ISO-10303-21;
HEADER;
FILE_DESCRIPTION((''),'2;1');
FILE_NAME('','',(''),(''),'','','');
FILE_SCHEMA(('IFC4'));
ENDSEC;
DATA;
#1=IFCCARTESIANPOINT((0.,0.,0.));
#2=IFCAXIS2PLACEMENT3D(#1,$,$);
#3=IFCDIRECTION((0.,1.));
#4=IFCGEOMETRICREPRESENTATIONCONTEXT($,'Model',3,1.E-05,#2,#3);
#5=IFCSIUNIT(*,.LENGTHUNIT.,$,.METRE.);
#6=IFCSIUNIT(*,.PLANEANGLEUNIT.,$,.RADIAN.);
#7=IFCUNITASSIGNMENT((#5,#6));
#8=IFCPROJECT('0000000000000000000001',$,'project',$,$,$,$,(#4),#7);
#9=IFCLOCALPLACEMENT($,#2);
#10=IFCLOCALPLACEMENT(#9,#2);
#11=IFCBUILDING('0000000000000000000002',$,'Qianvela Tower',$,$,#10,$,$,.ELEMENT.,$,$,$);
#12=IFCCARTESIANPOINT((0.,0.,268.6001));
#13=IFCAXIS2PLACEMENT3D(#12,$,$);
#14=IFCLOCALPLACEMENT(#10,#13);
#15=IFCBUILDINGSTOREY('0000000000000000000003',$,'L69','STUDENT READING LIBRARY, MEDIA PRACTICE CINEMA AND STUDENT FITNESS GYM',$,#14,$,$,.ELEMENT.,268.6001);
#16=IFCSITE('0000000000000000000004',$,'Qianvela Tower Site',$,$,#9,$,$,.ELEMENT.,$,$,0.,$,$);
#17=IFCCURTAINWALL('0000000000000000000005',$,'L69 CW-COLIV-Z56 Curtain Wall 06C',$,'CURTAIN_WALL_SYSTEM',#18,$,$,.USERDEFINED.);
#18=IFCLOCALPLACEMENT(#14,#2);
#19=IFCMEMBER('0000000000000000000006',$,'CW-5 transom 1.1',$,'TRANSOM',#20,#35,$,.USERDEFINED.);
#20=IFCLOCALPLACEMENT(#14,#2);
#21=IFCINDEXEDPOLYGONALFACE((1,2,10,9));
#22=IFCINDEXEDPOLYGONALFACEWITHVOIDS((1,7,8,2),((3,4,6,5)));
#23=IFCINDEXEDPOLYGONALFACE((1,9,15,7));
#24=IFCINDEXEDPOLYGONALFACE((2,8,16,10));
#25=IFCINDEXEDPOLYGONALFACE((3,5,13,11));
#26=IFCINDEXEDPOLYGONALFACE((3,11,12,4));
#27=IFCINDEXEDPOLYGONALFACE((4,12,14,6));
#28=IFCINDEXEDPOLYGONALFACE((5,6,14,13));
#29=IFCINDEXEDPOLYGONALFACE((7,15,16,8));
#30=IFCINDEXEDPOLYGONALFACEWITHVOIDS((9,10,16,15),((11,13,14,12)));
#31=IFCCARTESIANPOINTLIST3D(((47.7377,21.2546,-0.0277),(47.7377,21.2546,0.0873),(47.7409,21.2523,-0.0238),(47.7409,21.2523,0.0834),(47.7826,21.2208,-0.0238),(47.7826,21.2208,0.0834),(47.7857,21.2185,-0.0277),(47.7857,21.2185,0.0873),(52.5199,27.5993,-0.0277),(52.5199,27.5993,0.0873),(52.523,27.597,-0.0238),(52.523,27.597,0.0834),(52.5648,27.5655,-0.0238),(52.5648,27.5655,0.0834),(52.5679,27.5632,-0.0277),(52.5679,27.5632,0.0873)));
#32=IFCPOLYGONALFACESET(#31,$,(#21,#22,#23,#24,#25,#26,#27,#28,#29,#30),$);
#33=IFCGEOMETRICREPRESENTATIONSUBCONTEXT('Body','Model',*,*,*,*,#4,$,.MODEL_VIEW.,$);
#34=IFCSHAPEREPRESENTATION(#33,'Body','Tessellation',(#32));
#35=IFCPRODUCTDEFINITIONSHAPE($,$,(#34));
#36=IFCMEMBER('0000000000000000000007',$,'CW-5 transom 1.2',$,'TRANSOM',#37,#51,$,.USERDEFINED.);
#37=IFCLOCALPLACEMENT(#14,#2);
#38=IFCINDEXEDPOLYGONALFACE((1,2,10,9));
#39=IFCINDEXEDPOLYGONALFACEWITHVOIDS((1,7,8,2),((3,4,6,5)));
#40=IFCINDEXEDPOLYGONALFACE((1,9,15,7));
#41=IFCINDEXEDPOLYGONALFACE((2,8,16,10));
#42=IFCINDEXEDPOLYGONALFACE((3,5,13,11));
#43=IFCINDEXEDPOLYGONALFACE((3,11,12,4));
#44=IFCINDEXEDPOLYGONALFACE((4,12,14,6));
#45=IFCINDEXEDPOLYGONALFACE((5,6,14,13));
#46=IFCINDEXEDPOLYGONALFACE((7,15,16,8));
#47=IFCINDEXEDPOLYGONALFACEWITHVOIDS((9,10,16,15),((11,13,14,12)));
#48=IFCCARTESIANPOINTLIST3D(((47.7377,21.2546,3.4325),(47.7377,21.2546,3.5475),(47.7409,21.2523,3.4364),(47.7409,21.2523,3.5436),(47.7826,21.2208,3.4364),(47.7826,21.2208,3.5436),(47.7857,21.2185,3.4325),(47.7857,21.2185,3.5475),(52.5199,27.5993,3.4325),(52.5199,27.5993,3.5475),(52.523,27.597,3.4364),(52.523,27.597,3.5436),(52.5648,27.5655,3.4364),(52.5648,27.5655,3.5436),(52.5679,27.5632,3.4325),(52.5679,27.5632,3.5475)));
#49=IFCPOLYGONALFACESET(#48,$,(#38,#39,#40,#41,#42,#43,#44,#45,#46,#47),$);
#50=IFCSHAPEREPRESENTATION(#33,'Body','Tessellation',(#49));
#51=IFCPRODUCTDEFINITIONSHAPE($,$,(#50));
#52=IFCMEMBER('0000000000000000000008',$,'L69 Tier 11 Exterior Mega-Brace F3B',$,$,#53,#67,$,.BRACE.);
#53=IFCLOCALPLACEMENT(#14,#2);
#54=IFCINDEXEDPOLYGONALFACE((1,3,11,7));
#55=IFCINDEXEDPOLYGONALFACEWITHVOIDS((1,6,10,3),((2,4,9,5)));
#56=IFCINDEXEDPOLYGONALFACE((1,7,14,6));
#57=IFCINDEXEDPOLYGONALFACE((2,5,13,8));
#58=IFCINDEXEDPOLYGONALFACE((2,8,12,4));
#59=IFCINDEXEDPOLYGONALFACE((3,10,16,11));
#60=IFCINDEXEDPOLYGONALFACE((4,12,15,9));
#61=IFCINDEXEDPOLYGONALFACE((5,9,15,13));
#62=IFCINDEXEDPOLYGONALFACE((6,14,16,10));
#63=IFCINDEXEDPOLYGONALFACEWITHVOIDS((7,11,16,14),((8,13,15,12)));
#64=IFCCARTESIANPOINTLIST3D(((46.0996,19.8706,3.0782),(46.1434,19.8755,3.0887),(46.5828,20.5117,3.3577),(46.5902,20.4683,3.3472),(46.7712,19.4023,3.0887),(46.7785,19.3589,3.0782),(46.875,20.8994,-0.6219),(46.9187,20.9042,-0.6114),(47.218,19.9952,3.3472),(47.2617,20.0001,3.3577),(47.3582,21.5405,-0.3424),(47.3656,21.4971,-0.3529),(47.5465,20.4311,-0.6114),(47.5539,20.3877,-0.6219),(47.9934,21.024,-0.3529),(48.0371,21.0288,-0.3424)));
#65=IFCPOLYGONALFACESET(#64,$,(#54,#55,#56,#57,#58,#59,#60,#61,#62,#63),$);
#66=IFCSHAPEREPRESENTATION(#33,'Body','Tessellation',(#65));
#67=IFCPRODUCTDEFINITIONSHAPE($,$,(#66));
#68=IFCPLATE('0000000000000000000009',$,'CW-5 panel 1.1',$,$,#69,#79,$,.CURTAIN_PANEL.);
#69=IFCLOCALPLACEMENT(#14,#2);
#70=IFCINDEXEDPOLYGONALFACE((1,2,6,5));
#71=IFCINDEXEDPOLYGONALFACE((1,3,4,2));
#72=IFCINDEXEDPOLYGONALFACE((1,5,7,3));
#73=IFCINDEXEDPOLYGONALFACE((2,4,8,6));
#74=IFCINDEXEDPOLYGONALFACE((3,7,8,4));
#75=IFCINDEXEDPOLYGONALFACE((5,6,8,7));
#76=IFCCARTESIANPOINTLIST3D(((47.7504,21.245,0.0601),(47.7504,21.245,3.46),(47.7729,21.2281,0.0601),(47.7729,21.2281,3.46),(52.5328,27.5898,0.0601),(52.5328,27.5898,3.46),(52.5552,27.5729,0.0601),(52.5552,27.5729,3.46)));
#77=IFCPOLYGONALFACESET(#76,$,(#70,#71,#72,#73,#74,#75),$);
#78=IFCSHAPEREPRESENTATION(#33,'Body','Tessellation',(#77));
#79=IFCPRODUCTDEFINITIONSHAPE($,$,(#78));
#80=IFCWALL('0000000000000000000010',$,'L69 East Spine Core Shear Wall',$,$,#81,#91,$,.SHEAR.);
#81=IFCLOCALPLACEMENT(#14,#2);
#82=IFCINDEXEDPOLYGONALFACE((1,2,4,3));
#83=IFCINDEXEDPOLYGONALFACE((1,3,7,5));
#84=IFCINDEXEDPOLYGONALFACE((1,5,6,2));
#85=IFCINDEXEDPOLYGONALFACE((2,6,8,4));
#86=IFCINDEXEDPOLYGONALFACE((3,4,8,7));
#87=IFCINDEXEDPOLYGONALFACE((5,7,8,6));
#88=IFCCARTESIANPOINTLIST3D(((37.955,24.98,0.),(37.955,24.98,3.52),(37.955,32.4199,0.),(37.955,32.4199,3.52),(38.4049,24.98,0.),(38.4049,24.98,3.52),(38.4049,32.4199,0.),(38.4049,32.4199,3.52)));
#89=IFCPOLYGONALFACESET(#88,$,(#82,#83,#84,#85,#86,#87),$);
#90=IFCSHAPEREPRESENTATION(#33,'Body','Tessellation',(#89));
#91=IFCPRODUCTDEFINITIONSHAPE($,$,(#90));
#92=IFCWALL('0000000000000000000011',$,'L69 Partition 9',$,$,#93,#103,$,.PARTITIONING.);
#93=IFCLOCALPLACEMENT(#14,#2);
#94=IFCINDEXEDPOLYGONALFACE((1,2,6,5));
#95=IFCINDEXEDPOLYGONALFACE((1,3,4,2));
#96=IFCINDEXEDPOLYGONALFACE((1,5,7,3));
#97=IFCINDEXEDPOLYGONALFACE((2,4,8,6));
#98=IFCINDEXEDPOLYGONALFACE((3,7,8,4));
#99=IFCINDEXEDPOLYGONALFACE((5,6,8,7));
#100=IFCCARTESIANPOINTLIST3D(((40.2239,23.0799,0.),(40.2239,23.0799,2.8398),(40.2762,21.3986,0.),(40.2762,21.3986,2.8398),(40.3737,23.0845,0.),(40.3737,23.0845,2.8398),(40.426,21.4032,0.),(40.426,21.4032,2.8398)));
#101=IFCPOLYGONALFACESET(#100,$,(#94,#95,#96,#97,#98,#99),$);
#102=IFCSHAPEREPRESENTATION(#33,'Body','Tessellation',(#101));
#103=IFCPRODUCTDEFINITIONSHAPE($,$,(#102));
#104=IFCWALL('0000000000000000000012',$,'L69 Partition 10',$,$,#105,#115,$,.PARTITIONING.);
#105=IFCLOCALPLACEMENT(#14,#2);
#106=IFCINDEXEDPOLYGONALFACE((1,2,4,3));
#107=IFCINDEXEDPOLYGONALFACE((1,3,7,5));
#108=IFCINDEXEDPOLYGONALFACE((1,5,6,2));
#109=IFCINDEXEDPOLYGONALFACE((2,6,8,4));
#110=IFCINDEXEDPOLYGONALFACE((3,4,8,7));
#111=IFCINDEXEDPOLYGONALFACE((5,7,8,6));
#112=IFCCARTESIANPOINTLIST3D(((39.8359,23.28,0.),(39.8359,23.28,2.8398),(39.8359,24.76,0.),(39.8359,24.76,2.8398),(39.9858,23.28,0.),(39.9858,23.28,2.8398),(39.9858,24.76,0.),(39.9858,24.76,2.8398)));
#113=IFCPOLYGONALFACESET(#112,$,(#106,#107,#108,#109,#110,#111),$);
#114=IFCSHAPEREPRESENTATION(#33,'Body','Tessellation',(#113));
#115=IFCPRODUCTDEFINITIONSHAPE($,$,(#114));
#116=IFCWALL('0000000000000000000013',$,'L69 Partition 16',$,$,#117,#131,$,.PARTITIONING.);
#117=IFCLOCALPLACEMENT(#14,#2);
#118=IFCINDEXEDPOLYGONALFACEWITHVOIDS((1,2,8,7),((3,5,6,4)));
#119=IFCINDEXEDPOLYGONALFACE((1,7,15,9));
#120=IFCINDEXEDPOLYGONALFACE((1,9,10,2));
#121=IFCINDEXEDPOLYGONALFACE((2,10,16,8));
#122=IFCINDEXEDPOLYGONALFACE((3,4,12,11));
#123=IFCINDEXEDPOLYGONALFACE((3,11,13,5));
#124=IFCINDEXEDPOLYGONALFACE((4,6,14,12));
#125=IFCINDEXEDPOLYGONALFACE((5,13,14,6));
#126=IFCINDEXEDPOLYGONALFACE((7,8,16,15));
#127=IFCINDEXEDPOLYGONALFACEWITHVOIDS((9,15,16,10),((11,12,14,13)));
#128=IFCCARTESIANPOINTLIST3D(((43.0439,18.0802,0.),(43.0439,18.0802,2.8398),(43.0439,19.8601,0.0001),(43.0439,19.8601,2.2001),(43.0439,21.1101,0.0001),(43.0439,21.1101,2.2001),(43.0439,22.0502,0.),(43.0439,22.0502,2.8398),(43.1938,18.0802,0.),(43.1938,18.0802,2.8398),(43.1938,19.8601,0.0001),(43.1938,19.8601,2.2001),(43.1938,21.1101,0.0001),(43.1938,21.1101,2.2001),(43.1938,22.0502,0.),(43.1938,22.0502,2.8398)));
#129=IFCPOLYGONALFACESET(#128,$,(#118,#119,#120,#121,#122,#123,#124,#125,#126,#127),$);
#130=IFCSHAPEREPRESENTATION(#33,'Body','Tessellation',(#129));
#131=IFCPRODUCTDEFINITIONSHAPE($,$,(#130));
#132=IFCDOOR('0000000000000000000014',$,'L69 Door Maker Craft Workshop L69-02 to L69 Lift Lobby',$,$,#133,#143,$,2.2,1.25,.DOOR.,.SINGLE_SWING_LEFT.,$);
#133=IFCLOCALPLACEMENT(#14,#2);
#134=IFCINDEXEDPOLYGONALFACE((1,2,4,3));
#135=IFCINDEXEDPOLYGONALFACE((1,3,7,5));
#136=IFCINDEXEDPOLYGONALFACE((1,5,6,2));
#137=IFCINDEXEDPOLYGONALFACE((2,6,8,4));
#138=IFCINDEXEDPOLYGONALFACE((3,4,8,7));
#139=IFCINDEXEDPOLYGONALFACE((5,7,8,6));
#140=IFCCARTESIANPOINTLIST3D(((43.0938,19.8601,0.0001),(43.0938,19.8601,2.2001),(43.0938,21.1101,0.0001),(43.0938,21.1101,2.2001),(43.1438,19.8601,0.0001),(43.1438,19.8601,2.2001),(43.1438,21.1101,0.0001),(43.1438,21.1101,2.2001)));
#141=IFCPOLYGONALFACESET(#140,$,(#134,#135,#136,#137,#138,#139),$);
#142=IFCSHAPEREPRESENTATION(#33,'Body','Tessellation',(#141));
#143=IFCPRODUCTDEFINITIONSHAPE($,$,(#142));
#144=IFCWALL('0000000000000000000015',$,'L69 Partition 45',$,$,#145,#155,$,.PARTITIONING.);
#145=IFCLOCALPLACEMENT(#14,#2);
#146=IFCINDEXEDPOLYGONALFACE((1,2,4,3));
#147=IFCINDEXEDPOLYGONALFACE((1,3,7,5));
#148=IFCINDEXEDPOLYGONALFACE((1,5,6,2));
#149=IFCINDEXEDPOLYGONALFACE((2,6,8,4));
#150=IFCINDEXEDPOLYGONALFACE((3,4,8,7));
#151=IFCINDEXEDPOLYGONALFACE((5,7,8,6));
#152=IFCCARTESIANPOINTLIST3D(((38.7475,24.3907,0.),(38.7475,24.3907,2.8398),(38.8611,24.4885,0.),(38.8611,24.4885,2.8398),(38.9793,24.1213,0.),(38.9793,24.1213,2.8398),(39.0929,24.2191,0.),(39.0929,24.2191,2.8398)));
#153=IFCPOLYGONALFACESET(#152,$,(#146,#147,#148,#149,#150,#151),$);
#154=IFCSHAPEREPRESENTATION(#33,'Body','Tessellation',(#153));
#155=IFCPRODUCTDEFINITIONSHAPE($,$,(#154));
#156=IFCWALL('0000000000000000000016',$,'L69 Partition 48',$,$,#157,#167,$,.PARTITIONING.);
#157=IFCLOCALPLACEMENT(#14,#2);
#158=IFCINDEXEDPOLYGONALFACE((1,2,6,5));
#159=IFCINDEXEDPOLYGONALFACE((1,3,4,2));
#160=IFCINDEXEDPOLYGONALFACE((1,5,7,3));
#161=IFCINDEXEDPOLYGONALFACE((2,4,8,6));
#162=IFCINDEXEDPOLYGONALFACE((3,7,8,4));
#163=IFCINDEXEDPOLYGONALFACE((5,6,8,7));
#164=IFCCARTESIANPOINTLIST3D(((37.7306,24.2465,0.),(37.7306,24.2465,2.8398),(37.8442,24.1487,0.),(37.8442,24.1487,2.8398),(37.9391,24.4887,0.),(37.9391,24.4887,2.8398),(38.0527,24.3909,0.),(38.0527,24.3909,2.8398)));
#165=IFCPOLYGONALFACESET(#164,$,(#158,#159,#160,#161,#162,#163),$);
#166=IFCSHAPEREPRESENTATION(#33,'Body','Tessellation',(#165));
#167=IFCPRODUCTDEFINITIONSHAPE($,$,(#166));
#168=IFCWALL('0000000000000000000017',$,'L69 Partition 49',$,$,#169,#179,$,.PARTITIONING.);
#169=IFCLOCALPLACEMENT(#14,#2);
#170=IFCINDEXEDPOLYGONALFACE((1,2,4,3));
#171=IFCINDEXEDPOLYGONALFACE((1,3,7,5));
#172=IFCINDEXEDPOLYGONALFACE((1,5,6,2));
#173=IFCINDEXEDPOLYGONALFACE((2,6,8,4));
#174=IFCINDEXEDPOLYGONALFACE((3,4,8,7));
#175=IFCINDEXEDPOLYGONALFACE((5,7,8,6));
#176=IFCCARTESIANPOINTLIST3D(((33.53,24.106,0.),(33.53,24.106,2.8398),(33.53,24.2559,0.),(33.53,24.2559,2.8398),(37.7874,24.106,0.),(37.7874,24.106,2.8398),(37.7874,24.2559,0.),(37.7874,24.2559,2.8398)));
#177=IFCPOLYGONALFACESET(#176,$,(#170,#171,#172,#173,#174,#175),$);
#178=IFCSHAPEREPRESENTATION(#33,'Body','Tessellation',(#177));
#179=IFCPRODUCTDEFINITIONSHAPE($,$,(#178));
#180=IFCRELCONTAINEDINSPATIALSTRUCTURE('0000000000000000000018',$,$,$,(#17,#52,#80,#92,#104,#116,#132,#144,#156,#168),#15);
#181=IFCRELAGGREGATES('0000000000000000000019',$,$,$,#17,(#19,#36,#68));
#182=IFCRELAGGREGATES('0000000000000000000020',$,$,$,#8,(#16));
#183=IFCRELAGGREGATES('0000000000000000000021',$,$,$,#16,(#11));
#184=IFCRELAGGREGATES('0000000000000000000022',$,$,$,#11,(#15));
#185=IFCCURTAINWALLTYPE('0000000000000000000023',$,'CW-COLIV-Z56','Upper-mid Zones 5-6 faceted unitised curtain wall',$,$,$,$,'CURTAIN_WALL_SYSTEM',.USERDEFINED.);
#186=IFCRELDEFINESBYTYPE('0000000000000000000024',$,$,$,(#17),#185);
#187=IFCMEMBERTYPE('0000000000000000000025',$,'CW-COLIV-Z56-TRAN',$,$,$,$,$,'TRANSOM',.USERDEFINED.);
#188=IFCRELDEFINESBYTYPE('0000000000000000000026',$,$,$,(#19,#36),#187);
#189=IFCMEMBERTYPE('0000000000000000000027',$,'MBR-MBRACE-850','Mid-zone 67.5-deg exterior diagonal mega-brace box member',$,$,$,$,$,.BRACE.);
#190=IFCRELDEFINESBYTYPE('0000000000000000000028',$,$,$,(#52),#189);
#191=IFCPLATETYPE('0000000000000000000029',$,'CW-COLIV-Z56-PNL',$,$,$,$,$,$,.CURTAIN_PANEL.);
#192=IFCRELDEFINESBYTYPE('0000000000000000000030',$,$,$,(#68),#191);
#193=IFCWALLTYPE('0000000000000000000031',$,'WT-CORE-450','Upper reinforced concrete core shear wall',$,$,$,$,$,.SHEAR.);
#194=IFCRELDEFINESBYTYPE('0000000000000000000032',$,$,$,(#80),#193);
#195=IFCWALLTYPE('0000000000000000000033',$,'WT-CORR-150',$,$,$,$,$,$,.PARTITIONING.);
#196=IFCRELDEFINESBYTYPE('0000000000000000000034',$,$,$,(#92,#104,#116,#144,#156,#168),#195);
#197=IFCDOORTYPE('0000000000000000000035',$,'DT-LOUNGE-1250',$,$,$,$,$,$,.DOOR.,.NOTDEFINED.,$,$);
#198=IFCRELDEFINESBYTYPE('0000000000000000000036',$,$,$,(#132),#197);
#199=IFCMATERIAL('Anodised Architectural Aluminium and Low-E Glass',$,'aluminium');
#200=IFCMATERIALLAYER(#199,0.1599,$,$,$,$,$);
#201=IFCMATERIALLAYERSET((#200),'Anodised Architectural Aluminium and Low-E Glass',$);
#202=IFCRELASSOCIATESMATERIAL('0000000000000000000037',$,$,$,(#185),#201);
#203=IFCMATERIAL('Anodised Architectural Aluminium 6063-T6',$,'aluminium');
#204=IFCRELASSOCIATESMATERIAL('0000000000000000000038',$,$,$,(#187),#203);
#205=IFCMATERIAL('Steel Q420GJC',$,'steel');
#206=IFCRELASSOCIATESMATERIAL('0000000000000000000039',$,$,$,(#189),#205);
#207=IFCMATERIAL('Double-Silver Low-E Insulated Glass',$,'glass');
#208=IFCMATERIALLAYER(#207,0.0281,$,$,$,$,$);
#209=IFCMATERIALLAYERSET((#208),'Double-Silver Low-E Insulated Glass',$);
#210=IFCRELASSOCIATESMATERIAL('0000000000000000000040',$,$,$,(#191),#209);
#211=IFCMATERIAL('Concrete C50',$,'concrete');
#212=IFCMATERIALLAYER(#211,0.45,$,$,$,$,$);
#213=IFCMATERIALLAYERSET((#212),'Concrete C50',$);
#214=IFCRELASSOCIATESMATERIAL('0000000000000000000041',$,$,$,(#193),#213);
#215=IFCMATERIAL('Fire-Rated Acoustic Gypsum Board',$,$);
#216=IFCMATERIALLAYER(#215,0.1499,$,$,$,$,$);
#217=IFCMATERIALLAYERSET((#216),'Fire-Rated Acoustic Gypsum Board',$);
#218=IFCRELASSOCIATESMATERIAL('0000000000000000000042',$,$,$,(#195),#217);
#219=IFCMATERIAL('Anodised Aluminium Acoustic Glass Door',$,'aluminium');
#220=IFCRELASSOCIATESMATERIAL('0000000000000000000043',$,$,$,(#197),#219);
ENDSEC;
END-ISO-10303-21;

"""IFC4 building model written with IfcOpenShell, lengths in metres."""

from ifc_helpers import new_model, si_unit, direction, frame, frame_2d, origin, origin_2d, place, context, subcontext, project, spatial, rectangle, hollow_rectangle, extrude, material, layer, layer_set, material_profile, profile_set, type_object, element, fill, aggregate, save


model = new_model("IFC4")

# Units and contexts
model_context = context("Model", 3, precision=1e-05, world=origin(), true_north=direction((0.0, 1.0)))
body_context = subcontext(model_context, "Body", "Model", "MODEL_VIEW")
ifc_project = project(units=[si_unit("LENGTHUNIT", "METRE"), si_unit("PLANEANGLEUNIT", "RADIAN")], contexts=[model_context])

# Site, building, storey
site_placement = place(None, origin())
site = spatial("IfcSite", under=ifc_project, at=site_placement, Name="Qianvela Tower Site", CompositionType="ELEMENT", RefElevation=0.0)
building_placement = place(site_placement, origin())
building = spatial("IfcBuilding", under=site, at=building_placement, Name="Qianvela Tower", CompositionType="ELEMENT")
storey_placement = place(building_placement, frame((0.0, 0.0, 268.6001)))
storey = spatial("IfcBuildingStorey", under=building, at=storey_placement, Name="L69", Description="STUDENT READING LIBRARY, MEDIA PRACTICE CINEMA AND STUDENT FITNESS GYM", CompositionType="ELEMENT", Elevation=268.6001)

# Curtain wall, members
ifc_material_1 = material(Name="Anodised Architectural Aluminium and Low-E Glass", Category="aluminium")
ifc_layer_1 = layer(ifc_material_1, 0.1599)
ifc_layer_set_1 = layer_set([ifc_layer_1], Name="Anodised Architectural Aluminium and Low-E Glass")
curtain_wall_type_1 = type_object("IfcCurtainWallType", Name="CW-COLIV-Z56", Description="Upper-mid Zones 5-6 faceted unitised curtain wall", ElementType="CURTAIN_WALL_SYSTEM", PredefinedType="USERDEFINED", material=ifc_layer_set_1)
curtain_wall_1_placement = place(storey_placement, origin())
curtain_wall_1 = element("IfcCurtainWall", 1, at=curtain_wall_1_placement, inside=storey, type_object=curtain_wall_type_1, Name="L69 CW-COLIV-Z56 Curtain Wall 06C", ObjectType="CURTAIN_WALL_SYSTEM", PredefinedType="USERDEFINED")
ifc_material_2 = material(Name="Anodised Architectural Aluminium 6063-T6", Category="aluminium")
ifc_material_profile_1 = material_profile(ifc_material_2, hollow_rectangle(XDim=0.0601, YDim=0.115, WallThickness=0.0039, at=origin_2d()), Name="ALU-TRAN-60x115")
ifc_profile_set_1 = profile_set([ifc_material_profile_1], Name="Anodised Architectural Aluminium 6063-T6")
member_type_1 = type_object("IfcMemberType", Name="CW-COLIV-Z56-TRAN", ElementType="TRANSOM", PredefinedType="USERDEFINED", material=ifc_profile_set_1)
member_1_placement = place(storey_placement, frame((47.7617, 21.2366, 0.0298), z_axis=(0.601906, 0.798567, 0.0), x_axis=(-0.798567, 0.601906, 0.0)))
member_1 = element("IfcMember", 2, at=member_1_placement, type_object=member_type_1, Name="CW-5 transom 1.1", ObjectType="TRANSOM", PredefinedType="USERDEFINED", context=body_context, shape_type="SweptSolid", body=[
    extrude(hollow_rectangle(XDim=0.0601, YDim=0.115, WallThickness=0.0039, at=origin_2d()), origin(), (0.0, 0.0, 1.0), 7.9451),
])
member_2_placement = place(storey_placement, frame((47.7617, 21.2366, 3.49), z_axis=(0.601906, 0.798567, 0.0), x_axis=(-0.798567, 0.601906, 0.0)))
member_2 = element("IfcMember", 3, at=member_2_placement, type_object=member_type_1, Name="CW-5 transom 1.2", ObjectType="TRANSOM", PredefinedType="USERDEFINED", context=body_context, shape_type="SweptSolid", body=[
    extrude(hollow_rectangle(XDim=0.0601, YDim=0.115, WallThickness=0.0039, at=origin_2d()), origin(), (0.0, 0.0, 1.0), 7.9451),
])

# Member
ifc_material_3 = material(Name="Steel Q420GJC", Category="steel")
ifc_material_profile_2 = material_profile(ifc_material_3, hollow_rectangle(XDim=0.8501, YDim=0.8501, WallThickness=0.032, at=origin_2d()), Name="MBOX-850x850x32")
ifc_profile_set_2 = profile_set([ifc_material_profile_2], Name="Steel Q420GJC")
member_type_2 = type_object("IfcMemberType", Name="MBR-MBRACE-850", Description="Mid-zone 67.5-deg exterior diagonal mega-brace box member", PredefinedType="BRACE", material=ifc_profile_set_2)
member_3_placement = place(storey_placement, frame((47.4561, 20.9641, -0.4822), z_axis=(-0.197902, -0.262582, 0.944397), x_axis=(0.798588, -0.601878, 0.0)))
element("IfcMember", 4, at=member_3_placement, inside=storey, type_object=member_type_2, Name="L69 Tier 11 Exterior Mega-Brace F3B", PredefinedType="BRACE", context=body_context, shape_type="SweptSolid", body=[
    extrude(hollow_rectangle(XDim=0.8501, YDim=0.8501, WallThickness=0.032, at=origin_2d()), origin(), (0.0, 0.0, 1.0), 3.918),
])

# Plate
ifc_material_4 = material(Name="Double-Silver Low-E Insulated Glass", Category="glass")
ifc_layer_2 = layer(ifc_material_4, 0.0281)
ifc_layer_set_2 = layer_set([ifc_layer_2], Name="Double-Silver Low-E Insulated Glass")
plate_type = type_object("IfcPlateType", Name="CW-COLIV-Z56-PNL", PredefinedType="CURTAIN_PANEL", material=ifc_layer_set_2)
plate_placement = place(storey_placement, frame((50.1528, 24.4089, 0.0601), z_axis=(0.0, 0.0, 1.0), x_axis=(0.601911, 0.798563, 0.0)))
plate = element("IfcPlate", 5, at=plate_placement, type_object=plate_type, Name="CW-5 panel 1.1", PredefinedType="CURTAIN_PANEL", context=body_context, shape_type="SweptSolid", body=[
    extrude(rectangle(XDim=7.9453, YDim=0.0281, at=origin_2d()), origin(), (0.0, 0.0, 1.0), 3.3999),
])
aggregate(curtain_wall_1, [member_1, member_2, plate])

# Walls
ifc_material_5 = material(Name="Concrete C50", Category="concrete")
ifc_layer_3 = layer(ifc_material_5, 0.45)
ifc_layer_set_3 = layer_set([ifc_layer_3], Name="Concrete C50")
wall_type_1 = type_object("IfcWallType", Name="WT-CORE-450", Description="Upper reinforced concrete core shear wall", PredefinedType="SHEAR", material=ifc_layer_set_3)
wall_1_placement = place(storey_placement, frame((38.1799, 24.98, 0.0), z_axis=(0.0, 0.0, 1.0), x_axis=(0.0, 1.0, 0.0)))
element("IfcWall", 6, at=wall_1_placement, inside=storey, type_object=wall_type_1, Name="L69 East Spine Core Shear Wall", PredefinedType="SHEAR", context=body_context, shape_type="SweptSolid", body=[
    extrude(rectangle(XDim=7.4399, YDim=0.45, at=frame_2d((3.72, 0.0))), origin(), (0.0, 0.0, 1.0), 3.52),
])
ifc_material_6 = material(Name="Fire-Rated Acoustic Gypsum Board")
ifc_layer_4 = layer(ifc_material_6, 0.1499)
ifc_layer_set_4 = layer_set([ifc_layer_4], Name="Fire-Rated Acoustic Gypsum Board")
wall_type_2 = type_object("IfcWallType", Name="WT-CORR-150", PredefinedType="PARTITIONING", material=ifc_layer_set_4)
wall_2_placement = place(storey_placement, frame((40.3511, 21.4009, 0.0), z_axis=(0.0, 0.0, 1.0), x_axis=(-0.031058, 0.999518, 0.0)))
element("IfcWall", 7, at=wall_2_placement, inside=storey, type_object=wall_type_2, Name="L69 Partition 9", PredefinedType="PARTITIONING", context=body_context, shape_type="SweptSolid", body=[
    extrude(rectangle(XDim=1.6821, YDim=0.1499, at=frame_2d((0.8411, 0.0))), origin(), (0.0, 0.0, 1.0), 2.8398),
])
wall_3_placement = place(storey_placement, frame((39.9109, 23.28, 0.0), z_axis=(0.0, 0.0, 1.0), x_axis=(0.0, 1.0, 0.0)))
element("IfcWall", 8, at=wall_3_placement, inside=storey, type_object=wall_type_2, Name="L69 Partition 10", PredefinedType="PARTITIONING", context=body_context, shape_type="SweptSolid", body=[
    extrude(rectangle(XDim=1.48, YDim=0.1499, at=frame_2d((0.74, 0.0))), origin(), (0.0, 0.0, 1.0), 2.8398),
])

# Wall, opening, door
wall_4_placement = place(storey_placement, frame((43.1189, 22.05, 0.0), z_axis=(0.0, 0.0, 1.0), x_axis=(0.0, -1.0, 0.0)))
wall_4 = element("IfcWall", 9, at=wall_4_placement, inside=storey, type_object=wall_type_2, Name="L69 Partition 16", PredefinedType="PARTITIONING", context=body_context, shape_type="SweptSolid", body=[
    extrude(rectangle(XDim=3.97, YDim=0.1499, at=frame_2d((1.9849, 0.0))), origin(), (0.0, 0.0, 1.0), 2.8398),
])
opening_1_placement = place(wall_4_placement, frame((0.9399, 0.0, 0.0)))
opening_1 = element("IfcOpeningElement", 10, at=opening_1_placement, cuts=wall_4, PredefinedType="OPENING", context=body_context, shape_type="SweptSolid", body=[
    extrude(rectangle(XDim=1.25, YDim=2.2, at=frame_2d((0.625, 1.1001))), frame((0.0, 0.085, 0.0), z_axis=(0.0, -1.0, 0.0), x_axis=(1.0, 0.0, 0.0)), (0.0, 0.0, 1.0), 0.1699),
])
ifc_material_7 = material(Name="Anodised Aluminium Acoustic Glass Door", Category="aluminium")
door_type_1 = type_object("IfcDoorType", Name="DT-LOUNGE-1250", OperationType="NOTDEFINED", PredefinedType="DOOR", material=ifc_material_7)
door_1_placement = place(opening_1_placement, origin())
door_1 = element("IfcDoor", 11, at=door_1_placement, inside=storey, type_object=door_type_1, Name="L69 Door Maker Craft Workshop L69-02 to L69 Lift Lobby", OperationType="SINGLE_SWING_LEFT", OverallHeight=2.2, OverallWidth=1.25, PredefinedType="DOOR", context=body_context, shape_type="SweptSolid", body=[
    extrude(rectangle(XDim=1.25, YDim=2.2, at=frame_2d((0.625, 1.1001))), frame((0.0, 0.0249, 0.0), z_axis=(0.0, -1.0, 0.0), x_axis=(1.0, 0.0, 0.0)), (0.0, 0.0, 1.0), 0.05),
])
fill(opening_1, door_1)

# Walls
wall_5_placement = place(storey_placement, frame((39.0361, 24.1702, 0.0), z_axis=(0.0, 0.0, 1.0), x_axis=(-0.65226, 0.757995, 0.0)))
element("IfcWall", 12, at=wall_5_placement, inside=storey, type_object=wall_type_2, Name="L69 Partition 45", PredefinedType="PARTITIONING", context=body_context, shape_type="SweptSolid", body=[
    extrude(rectangle(XDim=0.3555, YDim=0.1499, at=frame_2d((0.1777, 0.0))), origin(), (0.0, 0.0, 1.0), 2.8398),
])
wall_6_placement = place(storey_placement, frame((37.9958, 24.4397, 0.0), z_axis=(0.0, 0.0, 1.0), x_axis=(-0.652426, -0.757853, 0.0)))
element("IfcWall", 13, at=wall_6_placement, inside=storey, type_object=wall_type_2, Name="L69 Partition 48", PredefinedType="PARTITIONING", context=body_context, shape_type="SweptSolid", body=[
    extrude(rectangle(XDim=0.3196, YDim=0.1499, at=frame_2d((0.1597, 0.0))), origin(), (0.0, 0.0, 1.0), 2.8398),
])
wall_7_placement = place(storey_placement, frame((37.7874, 24.1809, 0.0), z_axis=(0.0, 0.0, 1.0), x_axis=(-1.0, 0.0, 0.0)))
element("IfcWall", 14, at=wall_7_placement, inside=storey, type_object=wall_type_2, Name="L69 Partition 49", PredefinedType="PARTITIONING", context=body_context, shape_type="SweptSolid", body=[
    extrude(rectangle(XDim=4.2573, YDim=0.1499, at=frame_2d((2.1287, 0.0))), origin(), (0.0, 0.0, 1.0), 2.8398),
])

save(model, "model.ifc")
